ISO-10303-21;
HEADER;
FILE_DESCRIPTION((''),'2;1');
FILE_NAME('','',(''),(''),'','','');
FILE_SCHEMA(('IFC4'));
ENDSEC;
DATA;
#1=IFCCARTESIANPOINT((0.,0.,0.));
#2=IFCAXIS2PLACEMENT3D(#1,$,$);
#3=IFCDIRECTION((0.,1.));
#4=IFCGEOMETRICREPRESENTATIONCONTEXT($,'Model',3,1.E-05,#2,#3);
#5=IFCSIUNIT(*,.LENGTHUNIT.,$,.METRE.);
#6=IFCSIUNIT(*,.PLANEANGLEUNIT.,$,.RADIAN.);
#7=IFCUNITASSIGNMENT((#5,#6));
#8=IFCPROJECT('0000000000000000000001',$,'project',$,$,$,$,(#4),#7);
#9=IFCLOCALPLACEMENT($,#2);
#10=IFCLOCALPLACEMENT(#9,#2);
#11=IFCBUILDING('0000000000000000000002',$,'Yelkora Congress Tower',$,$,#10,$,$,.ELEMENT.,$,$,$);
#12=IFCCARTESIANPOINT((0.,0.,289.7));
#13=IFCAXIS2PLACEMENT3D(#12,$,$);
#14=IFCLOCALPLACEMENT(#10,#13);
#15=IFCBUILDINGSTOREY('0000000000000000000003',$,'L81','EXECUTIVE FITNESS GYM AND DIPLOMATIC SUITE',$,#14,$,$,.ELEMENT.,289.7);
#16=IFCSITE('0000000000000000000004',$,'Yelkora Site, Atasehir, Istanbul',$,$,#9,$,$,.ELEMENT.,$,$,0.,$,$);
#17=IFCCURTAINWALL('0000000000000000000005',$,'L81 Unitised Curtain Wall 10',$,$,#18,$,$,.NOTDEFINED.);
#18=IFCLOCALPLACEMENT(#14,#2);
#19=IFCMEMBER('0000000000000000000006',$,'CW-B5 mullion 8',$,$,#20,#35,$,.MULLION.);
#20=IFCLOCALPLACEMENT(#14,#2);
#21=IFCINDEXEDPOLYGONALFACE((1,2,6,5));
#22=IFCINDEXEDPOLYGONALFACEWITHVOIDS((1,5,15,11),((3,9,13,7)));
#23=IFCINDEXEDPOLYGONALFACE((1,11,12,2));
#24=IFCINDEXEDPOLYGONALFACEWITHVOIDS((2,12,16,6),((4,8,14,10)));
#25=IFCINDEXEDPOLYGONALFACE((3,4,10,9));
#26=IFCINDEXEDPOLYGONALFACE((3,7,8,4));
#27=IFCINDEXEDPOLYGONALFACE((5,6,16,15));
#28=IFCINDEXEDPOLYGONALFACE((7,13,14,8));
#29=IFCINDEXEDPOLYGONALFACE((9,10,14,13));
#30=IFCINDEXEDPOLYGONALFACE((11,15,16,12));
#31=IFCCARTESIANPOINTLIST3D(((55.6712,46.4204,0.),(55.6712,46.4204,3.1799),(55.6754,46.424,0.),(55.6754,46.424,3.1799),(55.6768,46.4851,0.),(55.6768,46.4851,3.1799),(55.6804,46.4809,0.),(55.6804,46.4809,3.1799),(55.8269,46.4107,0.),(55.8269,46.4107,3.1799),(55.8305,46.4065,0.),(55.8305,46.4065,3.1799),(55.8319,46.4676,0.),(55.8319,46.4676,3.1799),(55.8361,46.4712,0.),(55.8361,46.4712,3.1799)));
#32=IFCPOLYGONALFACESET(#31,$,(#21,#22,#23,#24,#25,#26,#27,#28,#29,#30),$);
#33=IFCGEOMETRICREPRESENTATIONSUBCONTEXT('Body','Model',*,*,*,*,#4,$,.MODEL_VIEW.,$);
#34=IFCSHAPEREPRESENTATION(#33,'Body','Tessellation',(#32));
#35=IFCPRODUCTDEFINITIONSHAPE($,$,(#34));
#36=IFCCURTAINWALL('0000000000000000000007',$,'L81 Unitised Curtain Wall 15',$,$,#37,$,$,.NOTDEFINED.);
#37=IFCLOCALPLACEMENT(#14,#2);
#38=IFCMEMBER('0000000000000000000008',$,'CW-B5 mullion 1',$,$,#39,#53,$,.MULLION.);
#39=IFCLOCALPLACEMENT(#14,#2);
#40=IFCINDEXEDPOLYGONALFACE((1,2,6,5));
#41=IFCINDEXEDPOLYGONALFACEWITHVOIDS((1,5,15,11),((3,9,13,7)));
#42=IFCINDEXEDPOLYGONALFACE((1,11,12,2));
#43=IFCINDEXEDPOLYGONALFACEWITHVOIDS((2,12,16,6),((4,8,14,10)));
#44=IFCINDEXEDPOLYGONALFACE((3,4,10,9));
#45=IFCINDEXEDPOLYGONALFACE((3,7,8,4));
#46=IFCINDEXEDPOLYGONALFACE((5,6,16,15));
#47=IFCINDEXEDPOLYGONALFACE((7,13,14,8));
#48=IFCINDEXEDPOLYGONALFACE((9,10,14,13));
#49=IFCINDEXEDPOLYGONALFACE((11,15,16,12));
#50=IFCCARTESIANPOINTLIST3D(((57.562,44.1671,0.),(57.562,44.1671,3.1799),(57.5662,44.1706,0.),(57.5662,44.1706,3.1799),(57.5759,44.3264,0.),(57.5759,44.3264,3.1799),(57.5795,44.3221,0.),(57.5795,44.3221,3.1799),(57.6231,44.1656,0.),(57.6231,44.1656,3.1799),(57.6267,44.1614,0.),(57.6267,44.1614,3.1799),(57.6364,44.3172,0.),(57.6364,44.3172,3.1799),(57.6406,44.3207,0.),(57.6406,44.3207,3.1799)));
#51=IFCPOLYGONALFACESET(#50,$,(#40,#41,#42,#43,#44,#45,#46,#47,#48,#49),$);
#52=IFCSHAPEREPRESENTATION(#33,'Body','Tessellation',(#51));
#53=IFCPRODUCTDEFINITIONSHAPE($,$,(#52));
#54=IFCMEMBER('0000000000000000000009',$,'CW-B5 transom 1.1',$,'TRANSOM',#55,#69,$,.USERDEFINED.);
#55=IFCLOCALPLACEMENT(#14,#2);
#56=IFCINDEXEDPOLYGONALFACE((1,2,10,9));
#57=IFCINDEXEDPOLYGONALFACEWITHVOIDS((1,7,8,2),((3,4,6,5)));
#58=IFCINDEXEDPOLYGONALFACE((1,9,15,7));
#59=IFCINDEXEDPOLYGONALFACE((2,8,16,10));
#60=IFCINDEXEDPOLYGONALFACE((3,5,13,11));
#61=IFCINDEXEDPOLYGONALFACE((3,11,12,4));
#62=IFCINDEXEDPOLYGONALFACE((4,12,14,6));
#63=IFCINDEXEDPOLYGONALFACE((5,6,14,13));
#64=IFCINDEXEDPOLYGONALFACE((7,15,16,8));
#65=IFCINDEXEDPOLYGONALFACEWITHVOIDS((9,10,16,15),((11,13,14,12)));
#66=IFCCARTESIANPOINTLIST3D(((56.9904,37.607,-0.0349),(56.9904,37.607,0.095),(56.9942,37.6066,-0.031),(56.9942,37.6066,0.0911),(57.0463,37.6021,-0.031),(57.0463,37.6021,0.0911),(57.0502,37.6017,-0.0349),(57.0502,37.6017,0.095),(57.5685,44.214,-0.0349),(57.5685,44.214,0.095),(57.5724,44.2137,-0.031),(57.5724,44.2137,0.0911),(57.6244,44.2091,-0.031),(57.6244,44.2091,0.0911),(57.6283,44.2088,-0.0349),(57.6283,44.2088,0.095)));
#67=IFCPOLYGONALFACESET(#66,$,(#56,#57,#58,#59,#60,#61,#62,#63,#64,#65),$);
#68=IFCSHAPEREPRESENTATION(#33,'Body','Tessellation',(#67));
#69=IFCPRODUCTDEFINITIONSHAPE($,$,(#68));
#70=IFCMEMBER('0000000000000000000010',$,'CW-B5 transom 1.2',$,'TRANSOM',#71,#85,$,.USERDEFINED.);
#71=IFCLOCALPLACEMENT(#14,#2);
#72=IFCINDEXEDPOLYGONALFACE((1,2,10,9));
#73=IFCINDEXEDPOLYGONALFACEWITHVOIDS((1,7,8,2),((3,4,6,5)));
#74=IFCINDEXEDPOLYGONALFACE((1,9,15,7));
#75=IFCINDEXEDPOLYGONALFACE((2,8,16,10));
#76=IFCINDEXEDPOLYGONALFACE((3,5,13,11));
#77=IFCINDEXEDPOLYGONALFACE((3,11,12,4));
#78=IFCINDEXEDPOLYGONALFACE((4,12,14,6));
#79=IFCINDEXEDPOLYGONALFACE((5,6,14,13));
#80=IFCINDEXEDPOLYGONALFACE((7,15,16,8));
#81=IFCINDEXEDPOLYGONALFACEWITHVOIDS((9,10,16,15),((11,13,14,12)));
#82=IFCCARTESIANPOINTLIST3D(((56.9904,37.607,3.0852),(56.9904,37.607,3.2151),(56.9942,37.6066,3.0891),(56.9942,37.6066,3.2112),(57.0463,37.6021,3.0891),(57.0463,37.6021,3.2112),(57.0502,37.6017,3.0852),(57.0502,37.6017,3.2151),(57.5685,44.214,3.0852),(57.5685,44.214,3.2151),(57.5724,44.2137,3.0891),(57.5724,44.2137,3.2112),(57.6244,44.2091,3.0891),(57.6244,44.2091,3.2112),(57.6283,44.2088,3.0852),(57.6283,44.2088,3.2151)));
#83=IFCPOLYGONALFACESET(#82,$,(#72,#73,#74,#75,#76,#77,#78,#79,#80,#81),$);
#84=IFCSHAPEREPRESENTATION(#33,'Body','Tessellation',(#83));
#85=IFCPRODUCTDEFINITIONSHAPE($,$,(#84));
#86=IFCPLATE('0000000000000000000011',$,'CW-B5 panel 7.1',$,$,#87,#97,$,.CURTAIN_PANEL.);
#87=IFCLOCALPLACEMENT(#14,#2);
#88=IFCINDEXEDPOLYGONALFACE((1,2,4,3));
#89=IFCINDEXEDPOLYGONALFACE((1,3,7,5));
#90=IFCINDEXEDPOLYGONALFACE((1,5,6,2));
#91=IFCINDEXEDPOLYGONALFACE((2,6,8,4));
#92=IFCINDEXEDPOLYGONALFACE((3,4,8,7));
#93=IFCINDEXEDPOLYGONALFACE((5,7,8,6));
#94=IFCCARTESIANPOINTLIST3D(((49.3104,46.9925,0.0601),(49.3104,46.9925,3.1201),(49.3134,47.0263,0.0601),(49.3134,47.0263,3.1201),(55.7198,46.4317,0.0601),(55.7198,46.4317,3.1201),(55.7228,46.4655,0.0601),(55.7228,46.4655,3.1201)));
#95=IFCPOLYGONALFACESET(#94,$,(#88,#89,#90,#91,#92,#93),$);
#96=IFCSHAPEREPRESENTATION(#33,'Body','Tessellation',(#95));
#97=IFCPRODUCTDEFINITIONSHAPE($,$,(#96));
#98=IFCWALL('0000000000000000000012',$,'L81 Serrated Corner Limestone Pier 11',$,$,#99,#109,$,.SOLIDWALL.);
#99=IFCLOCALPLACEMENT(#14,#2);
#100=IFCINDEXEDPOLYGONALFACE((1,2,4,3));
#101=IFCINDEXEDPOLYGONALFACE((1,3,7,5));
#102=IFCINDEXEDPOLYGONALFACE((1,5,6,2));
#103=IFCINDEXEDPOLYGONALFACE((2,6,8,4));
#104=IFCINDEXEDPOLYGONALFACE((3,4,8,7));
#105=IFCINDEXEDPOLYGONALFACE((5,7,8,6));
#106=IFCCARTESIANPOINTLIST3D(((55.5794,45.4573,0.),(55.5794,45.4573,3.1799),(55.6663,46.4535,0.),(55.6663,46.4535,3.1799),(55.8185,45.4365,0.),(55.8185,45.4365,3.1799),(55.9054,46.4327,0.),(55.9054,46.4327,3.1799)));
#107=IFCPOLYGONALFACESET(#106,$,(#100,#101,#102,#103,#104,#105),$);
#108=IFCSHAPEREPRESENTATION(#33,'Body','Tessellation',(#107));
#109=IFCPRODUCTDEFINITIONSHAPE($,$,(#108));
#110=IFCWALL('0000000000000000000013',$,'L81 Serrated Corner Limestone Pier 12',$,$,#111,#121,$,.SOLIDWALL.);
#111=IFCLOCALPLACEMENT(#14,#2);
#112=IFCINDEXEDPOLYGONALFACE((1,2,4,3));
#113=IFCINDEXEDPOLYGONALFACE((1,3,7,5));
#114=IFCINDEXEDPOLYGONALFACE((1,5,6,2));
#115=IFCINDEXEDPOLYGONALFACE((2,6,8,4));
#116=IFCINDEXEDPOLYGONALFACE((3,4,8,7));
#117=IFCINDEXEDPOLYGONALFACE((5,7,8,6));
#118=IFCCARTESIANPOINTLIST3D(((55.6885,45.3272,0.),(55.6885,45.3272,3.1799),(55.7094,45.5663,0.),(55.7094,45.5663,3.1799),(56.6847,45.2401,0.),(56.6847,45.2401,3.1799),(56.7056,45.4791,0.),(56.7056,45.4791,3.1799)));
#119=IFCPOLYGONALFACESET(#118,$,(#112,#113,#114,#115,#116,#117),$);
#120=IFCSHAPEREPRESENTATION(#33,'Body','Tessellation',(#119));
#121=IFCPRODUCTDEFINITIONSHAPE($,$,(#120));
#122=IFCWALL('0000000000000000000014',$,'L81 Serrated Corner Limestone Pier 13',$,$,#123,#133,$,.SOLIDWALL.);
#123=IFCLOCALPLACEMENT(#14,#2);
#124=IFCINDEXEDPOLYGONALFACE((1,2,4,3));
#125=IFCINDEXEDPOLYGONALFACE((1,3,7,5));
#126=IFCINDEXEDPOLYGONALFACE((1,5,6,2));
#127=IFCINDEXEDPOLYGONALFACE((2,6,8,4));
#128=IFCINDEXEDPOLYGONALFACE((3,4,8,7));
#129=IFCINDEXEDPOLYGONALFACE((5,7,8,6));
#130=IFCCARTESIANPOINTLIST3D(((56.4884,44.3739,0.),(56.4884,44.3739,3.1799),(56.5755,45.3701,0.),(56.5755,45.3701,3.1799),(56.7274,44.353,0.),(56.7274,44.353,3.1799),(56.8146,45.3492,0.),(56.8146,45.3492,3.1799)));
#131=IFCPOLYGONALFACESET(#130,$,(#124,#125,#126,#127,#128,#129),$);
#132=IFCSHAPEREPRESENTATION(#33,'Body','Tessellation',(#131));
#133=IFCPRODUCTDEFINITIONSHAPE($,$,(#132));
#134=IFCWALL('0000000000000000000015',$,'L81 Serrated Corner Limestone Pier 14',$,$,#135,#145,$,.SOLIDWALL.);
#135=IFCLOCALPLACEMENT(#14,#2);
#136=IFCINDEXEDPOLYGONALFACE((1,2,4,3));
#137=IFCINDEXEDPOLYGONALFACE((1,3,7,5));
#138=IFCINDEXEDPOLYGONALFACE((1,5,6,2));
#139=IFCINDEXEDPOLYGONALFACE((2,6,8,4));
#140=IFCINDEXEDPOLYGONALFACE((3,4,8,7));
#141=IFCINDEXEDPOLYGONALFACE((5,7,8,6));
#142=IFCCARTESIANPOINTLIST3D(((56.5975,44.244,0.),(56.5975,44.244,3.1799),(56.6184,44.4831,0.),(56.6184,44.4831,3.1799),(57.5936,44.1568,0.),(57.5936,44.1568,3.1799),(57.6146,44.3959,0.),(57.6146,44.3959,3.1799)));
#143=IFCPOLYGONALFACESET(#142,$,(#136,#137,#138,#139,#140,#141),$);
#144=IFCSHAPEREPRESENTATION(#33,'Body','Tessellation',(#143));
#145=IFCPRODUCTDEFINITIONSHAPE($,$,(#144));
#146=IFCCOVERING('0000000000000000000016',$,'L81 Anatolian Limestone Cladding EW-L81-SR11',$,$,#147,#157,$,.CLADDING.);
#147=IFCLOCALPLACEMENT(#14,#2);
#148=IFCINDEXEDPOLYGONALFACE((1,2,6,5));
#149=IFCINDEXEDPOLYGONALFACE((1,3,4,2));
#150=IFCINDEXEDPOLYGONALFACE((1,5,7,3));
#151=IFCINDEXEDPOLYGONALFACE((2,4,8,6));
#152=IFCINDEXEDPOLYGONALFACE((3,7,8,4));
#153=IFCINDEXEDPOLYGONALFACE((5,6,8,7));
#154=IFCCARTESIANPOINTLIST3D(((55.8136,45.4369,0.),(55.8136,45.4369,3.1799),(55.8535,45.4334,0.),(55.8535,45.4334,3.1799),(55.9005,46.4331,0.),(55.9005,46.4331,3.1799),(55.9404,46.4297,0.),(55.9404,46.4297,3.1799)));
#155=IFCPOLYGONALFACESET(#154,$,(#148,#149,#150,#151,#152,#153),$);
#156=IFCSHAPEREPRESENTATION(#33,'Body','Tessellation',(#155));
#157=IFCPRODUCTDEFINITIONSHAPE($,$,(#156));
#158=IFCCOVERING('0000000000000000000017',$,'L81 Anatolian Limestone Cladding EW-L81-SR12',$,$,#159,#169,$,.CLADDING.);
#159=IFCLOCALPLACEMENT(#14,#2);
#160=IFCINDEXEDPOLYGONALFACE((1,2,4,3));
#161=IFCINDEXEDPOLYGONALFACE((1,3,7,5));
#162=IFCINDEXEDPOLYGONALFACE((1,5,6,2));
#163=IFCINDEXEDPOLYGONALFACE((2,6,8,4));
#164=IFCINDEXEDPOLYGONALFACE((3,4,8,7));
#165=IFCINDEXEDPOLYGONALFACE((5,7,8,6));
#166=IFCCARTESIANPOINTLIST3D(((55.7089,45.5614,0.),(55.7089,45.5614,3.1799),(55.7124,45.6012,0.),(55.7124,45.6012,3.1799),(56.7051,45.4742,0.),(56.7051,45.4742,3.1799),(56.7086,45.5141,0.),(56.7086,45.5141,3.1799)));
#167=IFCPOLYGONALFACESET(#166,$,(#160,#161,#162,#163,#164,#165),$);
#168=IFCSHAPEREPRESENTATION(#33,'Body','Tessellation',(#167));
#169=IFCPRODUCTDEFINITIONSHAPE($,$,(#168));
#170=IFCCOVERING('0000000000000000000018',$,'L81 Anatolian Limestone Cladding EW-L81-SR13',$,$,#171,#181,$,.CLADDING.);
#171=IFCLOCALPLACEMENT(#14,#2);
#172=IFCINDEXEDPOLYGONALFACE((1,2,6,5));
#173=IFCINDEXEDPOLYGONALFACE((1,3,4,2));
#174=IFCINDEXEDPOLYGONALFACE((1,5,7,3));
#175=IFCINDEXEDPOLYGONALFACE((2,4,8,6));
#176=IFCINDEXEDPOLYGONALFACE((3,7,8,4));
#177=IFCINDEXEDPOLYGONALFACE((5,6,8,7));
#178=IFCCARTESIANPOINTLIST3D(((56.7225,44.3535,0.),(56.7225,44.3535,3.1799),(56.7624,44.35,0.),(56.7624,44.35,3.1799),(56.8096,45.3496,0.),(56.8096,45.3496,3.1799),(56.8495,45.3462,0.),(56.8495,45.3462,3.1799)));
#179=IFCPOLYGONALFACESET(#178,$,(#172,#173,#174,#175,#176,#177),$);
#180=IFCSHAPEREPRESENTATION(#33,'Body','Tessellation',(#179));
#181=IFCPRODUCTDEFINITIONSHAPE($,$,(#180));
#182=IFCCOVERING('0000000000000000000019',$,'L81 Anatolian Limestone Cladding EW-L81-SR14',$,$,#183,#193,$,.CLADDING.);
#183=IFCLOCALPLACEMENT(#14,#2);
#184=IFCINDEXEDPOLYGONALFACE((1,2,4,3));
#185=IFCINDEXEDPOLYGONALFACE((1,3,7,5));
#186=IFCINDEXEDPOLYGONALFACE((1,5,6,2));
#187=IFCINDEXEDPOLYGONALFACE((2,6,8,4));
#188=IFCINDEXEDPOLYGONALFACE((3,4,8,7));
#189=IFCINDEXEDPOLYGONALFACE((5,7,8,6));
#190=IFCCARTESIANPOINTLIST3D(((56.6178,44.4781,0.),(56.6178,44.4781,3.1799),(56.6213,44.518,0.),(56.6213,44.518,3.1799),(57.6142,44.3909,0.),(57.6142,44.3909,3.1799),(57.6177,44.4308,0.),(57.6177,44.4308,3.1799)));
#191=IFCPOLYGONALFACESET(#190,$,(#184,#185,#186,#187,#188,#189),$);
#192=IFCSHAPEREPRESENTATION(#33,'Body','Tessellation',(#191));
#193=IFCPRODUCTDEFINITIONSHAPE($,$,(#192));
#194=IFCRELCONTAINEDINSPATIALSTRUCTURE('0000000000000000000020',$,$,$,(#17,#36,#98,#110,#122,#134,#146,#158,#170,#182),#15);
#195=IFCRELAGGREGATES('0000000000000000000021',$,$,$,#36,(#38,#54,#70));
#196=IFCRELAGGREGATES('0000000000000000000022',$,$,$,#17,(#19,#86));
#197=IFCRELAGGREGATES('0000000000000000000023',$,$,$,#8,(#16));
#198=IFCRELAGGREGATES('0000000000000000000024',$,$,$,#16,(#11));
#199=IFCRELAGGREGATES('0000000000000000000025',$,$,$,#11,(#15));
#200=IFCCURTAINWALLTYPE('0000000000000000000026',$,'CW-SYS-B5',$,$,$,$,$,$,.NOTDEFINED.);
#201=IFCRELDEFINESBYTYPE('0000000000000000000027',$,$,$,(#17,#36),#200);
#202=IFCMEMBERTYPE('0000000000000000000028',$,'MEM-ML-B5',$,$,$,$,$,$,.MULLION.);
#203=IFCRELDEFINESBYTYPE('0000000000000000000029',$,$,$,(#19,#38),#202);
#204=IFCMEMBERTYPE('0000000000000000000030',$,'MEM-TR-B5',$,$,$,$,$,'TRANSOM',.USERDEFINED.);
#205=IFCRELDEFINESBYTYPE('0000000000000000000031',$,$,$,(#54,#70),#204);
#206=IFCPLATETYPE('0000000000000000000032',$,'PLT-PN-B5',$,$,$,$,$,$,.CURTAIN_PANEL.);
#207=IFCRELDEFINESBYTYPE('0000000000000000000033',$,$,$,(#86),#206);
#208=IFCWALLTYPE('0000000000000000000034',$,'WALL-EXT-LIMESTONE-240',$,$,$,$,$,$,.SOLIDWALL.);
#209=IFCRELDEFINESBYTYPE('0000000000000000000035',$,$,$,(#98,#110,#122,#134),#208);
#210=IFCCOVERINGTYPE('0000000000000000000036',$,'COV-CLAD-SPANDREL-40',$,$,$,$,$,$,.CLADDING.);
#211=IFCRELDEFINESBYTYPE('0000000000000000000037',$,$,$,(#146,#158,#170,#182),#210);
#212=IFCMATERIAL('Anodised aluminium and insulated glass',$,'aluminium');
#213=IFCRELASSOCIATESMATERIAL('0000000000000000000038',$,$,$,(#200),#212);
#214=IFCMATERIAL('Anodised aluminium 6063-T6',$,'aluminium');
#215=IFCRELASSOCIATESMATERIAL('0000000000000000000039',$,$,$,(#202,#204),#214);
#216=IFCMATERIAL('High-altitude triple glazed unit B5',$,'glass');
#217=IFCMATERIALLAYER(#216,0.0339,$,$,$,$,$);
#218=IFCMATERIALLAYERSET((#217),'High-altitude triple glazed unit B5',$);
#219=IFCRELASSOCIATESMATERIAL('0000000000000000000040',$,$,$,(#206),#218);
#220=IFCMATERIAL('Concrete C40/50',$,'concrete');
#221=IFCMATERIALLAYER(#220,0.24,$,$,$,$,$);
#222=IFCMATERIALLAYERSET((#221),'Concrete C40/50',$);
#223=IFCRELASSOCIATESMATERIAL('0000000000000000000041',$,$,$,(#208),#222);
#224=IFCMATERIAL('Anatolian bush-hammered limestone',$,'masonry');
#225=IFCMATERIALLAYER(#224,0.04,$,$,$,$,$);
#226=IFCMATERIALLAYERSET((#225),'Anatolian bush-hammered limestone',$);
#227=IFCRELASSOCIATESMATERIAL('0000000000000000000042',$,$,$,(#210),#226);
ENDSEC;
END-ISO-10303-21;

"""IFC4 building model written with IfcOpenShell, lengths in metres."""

from ifc_helpers import new_model, si_unit, direction, frame, frame_2d, origin, origin_2d, place, context, subcontext, project, spatial, rectangle, hollow_rectangle, extrude, material, layer, layer_set, material_profile, profile_set, type_object, element, aggregate, save


model = new_model("IFC4")

# Units and contexts
model_context = context("Model", 3, precision=1e-05, world=origin(), true_north=direction((0.0, 1.0)))
body_context = subcontext(model_context, "Body", "Model", "MODEL_VIEW")
ifc_project = project(units=[si_unit("LENGTHUNIT", "METRE"), si_unit("PLANEANGLEUNIT", "RADIAN")], contexts=[model_context])

# Site, building, storey
site_placement = place(None, origin())
site = spatial("IfcSite", under=ifc_project, at=site_placement, Name="Yelkora Site, Atasehir, Istanbul", CompositionType="ELEMENT", RefElevation=0.0)
building_placement = place(site_placement, origin())
building = spatial("IfcBuilding", under=site, at=building_placement, Name="Yelkora Congress Tower", CompositionType="ELEMENT")
storey_placement = place(building_placement, frame((0.0, 0.0, 289.7)))
storey = spatial("IfcBuildingStorey", under=building, at=storey_placement, Name="L81", Description="EXECUTIVE FITNESS GYM AND DIPLOMATIC SUITE", CompositionType="ELEMENT", Elevation=289.7)

# Curtain wall, member
ifc_material_1 = material(Name="Anodised aluminium and insulated glass", Category="aluminium")
curtain_wall_type = type_object("IfcCurtainWallType", Name="CW-SYS-B5", PredefinedType="NOTDEFINED", material=ifc_material_1)
curtain_wall_1_placement = place(storey_placement, origin())
curtain_wall_1 = element("IfcCurtainWall", 1, at=curtain_wall_1_placement, inside=storey, type_object=curtain_wall_type, Name="L81 Unitised Curtain Wall 10", PredefinedType="NOTDEFINED")
ifc_material_2 = material(Name="Anodised aluminium 6063-T6", Category="aluminium")
ifc_material_profile_1 = material_profile(ifc_material_2, hollow_rectangle(XDim=0.0649, YDim=0.1599, WallThickness=0.0039, at=origin_2d()), Name="ALU 65x160x4")
ifc_profile_set_1 = profile_set([ifc_material_profile_1], Name="Anodised aluminium 6063-T6")
member_type_1 = type_object("IfcMemberType", Name="MEM-ML-B5", PredefinedType="MULLION", material=ifc_profile_set_1)
member_1_placement = place(storey_placement, frame((55.7537, 46.4458, 0.0), z_axis=(0.0, 0.0, 1.0), x_axis=(0.087157, 0.996195, 0.0)))
member_1 = element("IfcMember", 2, at=member_1_placement, type_object=member_type_1, Name="CW-B5 mullion 8", PredefinedType="MULLION", context=body_context, shape_type="SweptSolid", body=[
    extrude(hollow_rectangle(XDim=0.0649, YDim=0.1599, WallThickness=0.0039, at=origin_2d()), origin(), (0.0, 0.0, 1.0), 3.1799),
])

# Curtain wall, members
curtain_wall_2_placement = place(storey_placement, origin())
curtain_wall_2 = element("IfcCurtainWall", 3, at=curtain_wall_2_placement, inside=storey, type_object=curtain_wall_type, Name="L81 Unitised Curtain Wall 15", PredefinedType="NOTDEFINED")
member_2_placement = place(storey_placement, frame((57.6013, 44.2439, 0.0), z_axis=(0.0, 0.0, 1.0), x_axis=(0.996194, -0.087158, 0.0)))
member_2 = element("IfcMember", 4, at=member_2_placement, type_object=member_type_1, Name="CW-B5 mullion 1", PredefinedType="MULLION", context=body_context, shape_type="SweptSolid", body=[
    extrude(hollow_rectangle(XDim=0.0649, YDim=0.1599, WallThickness=0.0039, at=origin_2d()), origin(), (0.0, 0.0, 1.0), 3.1799),
])
ifc_material_profile_2 = material_profile(ifc_material_2, hollow_rectangle(XDim=0.0601, YDim=0.1299, WallThickness=0.0039, at=origin_2d()), Name="ALU 60x130x4")
ifc_profile_set_2 = profile_set([ifc_material_profile_2], Name="Anodised aluminium 6063-T6")
member_type_2 = type_object("IfcMemberType", Name="MEM-TR-B5", ElementType="TRANSOM", PredefinedType="USERDEFINED", material=ifc_profile_set_2)
member_3_placement = place(storey_placement, frame((57.5984, 44.2114, 0.03), z_axis=(-0.087166, -0.996194, 0.0), x_axis=(0.996194, -0.087166, 0.0)))
member_3 = element("IfcMember", 5, at=member_3_placement, type_object=member_type_2, Name="CW-B5 transom 1.1", ObjectType="TRANSOM", PredefinedType="USERDEFINED", context=body_context, shape_type="SweptSolid", body=[
    extrude(hollow_rectangle(XDim=0.0601, YDim=0.1299, WallThickness=0.0039, at=origin_2d()), origin(), (0.0, 0.0, 1.0), 6.6323),
])
member_4_placement = place(storey_placement, frame((57.5984, 44.2114, 3.1501), z_axis=(-0.087166, -0.996194, 0.0), x_axis=(0.996194, -0.087166, 0.0)))
member_4 = element("IfcMember", 6, at=member_4_placement, type_object=member_type_2, Name="CW-B5 transom 1.2", ObjectType="TRANSOM", PredefinedType="USERDEFINED", context=body_context, shape_type="SweptSolid", body=[
    extrude(hollow_rectangle(XDim=0.0601, YDim=0.1299, WallThickness=0.0039, at=origin_2d()), origin(), (0.0, 0.0, 1.0), 6.6323),
])
aggregate(curtain_wall_2, [member_2, member_3, member_4])

# Plate
ifc_material_3 = material(Name="High-altitude triple glazed unit B5", Category="glass")
ifc_layer_1 = layer(ifc_material_3, 0.0339)
ifc_layer_set_1 = layer_set([ifc_layer_1], Name="High-altitude triple glazed unit B5")
plate_type = type_object("IfcPlateType", Name="PLT-PN-B5", PredefinedType="CURTAIN_PANEL", material=ifc_layer_set_1)
plate_placement = place(storey_placement, frame((52.5166, 46.729, 0.0601), z_axis=(0.0, 0.0, 1.0), x_axis=(0.996195, -0.087157, 0.0)))
plate = element("IfcPlate", 7, at=plate_placement, type_object=plate_type, Name="CW-B5 panel 7.1", PredefinedType="CURTAIN_PANEL", context=body_context, shape_type="SweptSolid", body=[
    extrude(rectangle(XDim=6.4338, YDim=0.0339, at=origin_2d()), origin(), (0.0, 0.0, 1.0), 3.0601),
])
aggregate(curtain_wall_1, [member_1, plate])

# Walls
ifc_material_4 = material(Name="Concrete C40/50", Category="concrete")
ifc_layer_2 = layer(ifc_material_4, 0.24)
ifc_layer_set_2 = layer_set([ifc_layer_2], Name="Concrete C40/50")
wall_type = type_object("IfcWallType", Name="WALL-EXT-LIMESTONE-240", PredefinedType="SOLIDWALL", material=ifc_layer_set_2)
for number, where, z_axis, x_axis, name in (
    (8, (55.7859, 46.4431, 0.0), (0.0, 0.0, 1.0), (-0.086903, -0.996217, 0.0), "L81 Serrated Corner Limestone Pier 11"),
    (9, (55.699, 45.4468, 0.0), (0.0, 0.0, 1.0), (0.996194, -0.087167, 0.0), "L81 Serrated Corner Limestone Pier 12"),
    (10, (56.6951, 45.3596, 0.0), (0.0, 0.0, 1.0), (-0.087167, -0.996194, 0.0), "L81 Serrated Corner Limestone Pier 13"),
    (11, (56.6079, 44.3635, 0.0), (0.0, 0.0, 1.0), (0.996194, -0.087167, 0.0), "L81 Serrated Corner Limestone Pier 14"),
):
    element("IfcWall", number, at=place(storey_placement, frame(where, z_axis=z_axis, x_axis=x_axis)), inside=storey, type_object=wall_type, Name=name, PredefinedType="SOLIDWALL", context=body_context, shape_type="SweptSolid", body=[
        extrude(rectangle(XDim=1.0, YDim=0.24, at=frame_2d((0.5, 0.0))), origin(), (0.0, 0.0, 1.0), 3.1799),
    ])

# Coverings
ifc_material_5 = material(Name="Anatolian bush-hammered limestone", Category="masonry")
ifc_layer_3 = layer(ifc_material_5, 0.04)
ifc_layer_set_3 = layer_set([ifc_layer_3], Name="Anatolian bush-hammered limestone")
covering_type = type_object("IfcCoveringType", Name="COV-CLAD-SPANDREL-40", PredefinedType="CLADDING", material=ifc_layer_set_3)
for number, where, z_axis, x_axis, name in (
    (12, (55.9204, 46.4314, 0.0), (0.0, 0.0, 1.0), (-0.086903, -0.996217, 0.0), "L81 Anatolian Limestone Cladding EW-L81-SR11"),
    (13, (55.7107, 45.5813, 0.0), (0.0, 0.0, 1.0), (0.996194, -0.087167, 0.0), "L81 Anatolian Limestone Cladding EW-L81-SR12"),
    (14, (56.8296, 45.3479, 0.0), (0.0, 0.0, 1.0), (-0.087167, -0.996194, 0.0), "L81 Anatolian Limestone Cladding EW-L81-SR13"),
):
    element("IfcCovering", number, at=place(storey_placement, frame(where, z_axis=z_axis, x_axis=x_axis)), inside=storey, type_object=covering_type, Name=name, PredefinedType="CLADDING", context=body_context, shape_type="SweptSolid", body=[
        extrude(rectangle(XDim=1.0, YDim=0.04, at=frame_2d((0.5, 0.0))), origin(), (0.0, 0.0, 1.0), 3.1799),
    ])
covering_placement = place(storey_placement, frame((56.6196, 44.498, 0.0), z_axis=(0.0, 0.0, 1.0), x_axis=(0.996196, -0.087146, 0.0)))
element("IfcCovering", 15, at=covering_placement, inside=storey, type_object=covering_type, Name="L81 Anatolian Limestone Cladding EW-L81-SR14", PredefinedType="CLADDING", context=body_context, shape_type="SweptSolid", body=[
    extrude(rectangle(XDim=1.0002, YDim=0.04, at=frame_2d((0.5, 0.0))), origin(), (0.0, 0.0, 1.0), 3.1799),
])

save(model, "model.ifc")
